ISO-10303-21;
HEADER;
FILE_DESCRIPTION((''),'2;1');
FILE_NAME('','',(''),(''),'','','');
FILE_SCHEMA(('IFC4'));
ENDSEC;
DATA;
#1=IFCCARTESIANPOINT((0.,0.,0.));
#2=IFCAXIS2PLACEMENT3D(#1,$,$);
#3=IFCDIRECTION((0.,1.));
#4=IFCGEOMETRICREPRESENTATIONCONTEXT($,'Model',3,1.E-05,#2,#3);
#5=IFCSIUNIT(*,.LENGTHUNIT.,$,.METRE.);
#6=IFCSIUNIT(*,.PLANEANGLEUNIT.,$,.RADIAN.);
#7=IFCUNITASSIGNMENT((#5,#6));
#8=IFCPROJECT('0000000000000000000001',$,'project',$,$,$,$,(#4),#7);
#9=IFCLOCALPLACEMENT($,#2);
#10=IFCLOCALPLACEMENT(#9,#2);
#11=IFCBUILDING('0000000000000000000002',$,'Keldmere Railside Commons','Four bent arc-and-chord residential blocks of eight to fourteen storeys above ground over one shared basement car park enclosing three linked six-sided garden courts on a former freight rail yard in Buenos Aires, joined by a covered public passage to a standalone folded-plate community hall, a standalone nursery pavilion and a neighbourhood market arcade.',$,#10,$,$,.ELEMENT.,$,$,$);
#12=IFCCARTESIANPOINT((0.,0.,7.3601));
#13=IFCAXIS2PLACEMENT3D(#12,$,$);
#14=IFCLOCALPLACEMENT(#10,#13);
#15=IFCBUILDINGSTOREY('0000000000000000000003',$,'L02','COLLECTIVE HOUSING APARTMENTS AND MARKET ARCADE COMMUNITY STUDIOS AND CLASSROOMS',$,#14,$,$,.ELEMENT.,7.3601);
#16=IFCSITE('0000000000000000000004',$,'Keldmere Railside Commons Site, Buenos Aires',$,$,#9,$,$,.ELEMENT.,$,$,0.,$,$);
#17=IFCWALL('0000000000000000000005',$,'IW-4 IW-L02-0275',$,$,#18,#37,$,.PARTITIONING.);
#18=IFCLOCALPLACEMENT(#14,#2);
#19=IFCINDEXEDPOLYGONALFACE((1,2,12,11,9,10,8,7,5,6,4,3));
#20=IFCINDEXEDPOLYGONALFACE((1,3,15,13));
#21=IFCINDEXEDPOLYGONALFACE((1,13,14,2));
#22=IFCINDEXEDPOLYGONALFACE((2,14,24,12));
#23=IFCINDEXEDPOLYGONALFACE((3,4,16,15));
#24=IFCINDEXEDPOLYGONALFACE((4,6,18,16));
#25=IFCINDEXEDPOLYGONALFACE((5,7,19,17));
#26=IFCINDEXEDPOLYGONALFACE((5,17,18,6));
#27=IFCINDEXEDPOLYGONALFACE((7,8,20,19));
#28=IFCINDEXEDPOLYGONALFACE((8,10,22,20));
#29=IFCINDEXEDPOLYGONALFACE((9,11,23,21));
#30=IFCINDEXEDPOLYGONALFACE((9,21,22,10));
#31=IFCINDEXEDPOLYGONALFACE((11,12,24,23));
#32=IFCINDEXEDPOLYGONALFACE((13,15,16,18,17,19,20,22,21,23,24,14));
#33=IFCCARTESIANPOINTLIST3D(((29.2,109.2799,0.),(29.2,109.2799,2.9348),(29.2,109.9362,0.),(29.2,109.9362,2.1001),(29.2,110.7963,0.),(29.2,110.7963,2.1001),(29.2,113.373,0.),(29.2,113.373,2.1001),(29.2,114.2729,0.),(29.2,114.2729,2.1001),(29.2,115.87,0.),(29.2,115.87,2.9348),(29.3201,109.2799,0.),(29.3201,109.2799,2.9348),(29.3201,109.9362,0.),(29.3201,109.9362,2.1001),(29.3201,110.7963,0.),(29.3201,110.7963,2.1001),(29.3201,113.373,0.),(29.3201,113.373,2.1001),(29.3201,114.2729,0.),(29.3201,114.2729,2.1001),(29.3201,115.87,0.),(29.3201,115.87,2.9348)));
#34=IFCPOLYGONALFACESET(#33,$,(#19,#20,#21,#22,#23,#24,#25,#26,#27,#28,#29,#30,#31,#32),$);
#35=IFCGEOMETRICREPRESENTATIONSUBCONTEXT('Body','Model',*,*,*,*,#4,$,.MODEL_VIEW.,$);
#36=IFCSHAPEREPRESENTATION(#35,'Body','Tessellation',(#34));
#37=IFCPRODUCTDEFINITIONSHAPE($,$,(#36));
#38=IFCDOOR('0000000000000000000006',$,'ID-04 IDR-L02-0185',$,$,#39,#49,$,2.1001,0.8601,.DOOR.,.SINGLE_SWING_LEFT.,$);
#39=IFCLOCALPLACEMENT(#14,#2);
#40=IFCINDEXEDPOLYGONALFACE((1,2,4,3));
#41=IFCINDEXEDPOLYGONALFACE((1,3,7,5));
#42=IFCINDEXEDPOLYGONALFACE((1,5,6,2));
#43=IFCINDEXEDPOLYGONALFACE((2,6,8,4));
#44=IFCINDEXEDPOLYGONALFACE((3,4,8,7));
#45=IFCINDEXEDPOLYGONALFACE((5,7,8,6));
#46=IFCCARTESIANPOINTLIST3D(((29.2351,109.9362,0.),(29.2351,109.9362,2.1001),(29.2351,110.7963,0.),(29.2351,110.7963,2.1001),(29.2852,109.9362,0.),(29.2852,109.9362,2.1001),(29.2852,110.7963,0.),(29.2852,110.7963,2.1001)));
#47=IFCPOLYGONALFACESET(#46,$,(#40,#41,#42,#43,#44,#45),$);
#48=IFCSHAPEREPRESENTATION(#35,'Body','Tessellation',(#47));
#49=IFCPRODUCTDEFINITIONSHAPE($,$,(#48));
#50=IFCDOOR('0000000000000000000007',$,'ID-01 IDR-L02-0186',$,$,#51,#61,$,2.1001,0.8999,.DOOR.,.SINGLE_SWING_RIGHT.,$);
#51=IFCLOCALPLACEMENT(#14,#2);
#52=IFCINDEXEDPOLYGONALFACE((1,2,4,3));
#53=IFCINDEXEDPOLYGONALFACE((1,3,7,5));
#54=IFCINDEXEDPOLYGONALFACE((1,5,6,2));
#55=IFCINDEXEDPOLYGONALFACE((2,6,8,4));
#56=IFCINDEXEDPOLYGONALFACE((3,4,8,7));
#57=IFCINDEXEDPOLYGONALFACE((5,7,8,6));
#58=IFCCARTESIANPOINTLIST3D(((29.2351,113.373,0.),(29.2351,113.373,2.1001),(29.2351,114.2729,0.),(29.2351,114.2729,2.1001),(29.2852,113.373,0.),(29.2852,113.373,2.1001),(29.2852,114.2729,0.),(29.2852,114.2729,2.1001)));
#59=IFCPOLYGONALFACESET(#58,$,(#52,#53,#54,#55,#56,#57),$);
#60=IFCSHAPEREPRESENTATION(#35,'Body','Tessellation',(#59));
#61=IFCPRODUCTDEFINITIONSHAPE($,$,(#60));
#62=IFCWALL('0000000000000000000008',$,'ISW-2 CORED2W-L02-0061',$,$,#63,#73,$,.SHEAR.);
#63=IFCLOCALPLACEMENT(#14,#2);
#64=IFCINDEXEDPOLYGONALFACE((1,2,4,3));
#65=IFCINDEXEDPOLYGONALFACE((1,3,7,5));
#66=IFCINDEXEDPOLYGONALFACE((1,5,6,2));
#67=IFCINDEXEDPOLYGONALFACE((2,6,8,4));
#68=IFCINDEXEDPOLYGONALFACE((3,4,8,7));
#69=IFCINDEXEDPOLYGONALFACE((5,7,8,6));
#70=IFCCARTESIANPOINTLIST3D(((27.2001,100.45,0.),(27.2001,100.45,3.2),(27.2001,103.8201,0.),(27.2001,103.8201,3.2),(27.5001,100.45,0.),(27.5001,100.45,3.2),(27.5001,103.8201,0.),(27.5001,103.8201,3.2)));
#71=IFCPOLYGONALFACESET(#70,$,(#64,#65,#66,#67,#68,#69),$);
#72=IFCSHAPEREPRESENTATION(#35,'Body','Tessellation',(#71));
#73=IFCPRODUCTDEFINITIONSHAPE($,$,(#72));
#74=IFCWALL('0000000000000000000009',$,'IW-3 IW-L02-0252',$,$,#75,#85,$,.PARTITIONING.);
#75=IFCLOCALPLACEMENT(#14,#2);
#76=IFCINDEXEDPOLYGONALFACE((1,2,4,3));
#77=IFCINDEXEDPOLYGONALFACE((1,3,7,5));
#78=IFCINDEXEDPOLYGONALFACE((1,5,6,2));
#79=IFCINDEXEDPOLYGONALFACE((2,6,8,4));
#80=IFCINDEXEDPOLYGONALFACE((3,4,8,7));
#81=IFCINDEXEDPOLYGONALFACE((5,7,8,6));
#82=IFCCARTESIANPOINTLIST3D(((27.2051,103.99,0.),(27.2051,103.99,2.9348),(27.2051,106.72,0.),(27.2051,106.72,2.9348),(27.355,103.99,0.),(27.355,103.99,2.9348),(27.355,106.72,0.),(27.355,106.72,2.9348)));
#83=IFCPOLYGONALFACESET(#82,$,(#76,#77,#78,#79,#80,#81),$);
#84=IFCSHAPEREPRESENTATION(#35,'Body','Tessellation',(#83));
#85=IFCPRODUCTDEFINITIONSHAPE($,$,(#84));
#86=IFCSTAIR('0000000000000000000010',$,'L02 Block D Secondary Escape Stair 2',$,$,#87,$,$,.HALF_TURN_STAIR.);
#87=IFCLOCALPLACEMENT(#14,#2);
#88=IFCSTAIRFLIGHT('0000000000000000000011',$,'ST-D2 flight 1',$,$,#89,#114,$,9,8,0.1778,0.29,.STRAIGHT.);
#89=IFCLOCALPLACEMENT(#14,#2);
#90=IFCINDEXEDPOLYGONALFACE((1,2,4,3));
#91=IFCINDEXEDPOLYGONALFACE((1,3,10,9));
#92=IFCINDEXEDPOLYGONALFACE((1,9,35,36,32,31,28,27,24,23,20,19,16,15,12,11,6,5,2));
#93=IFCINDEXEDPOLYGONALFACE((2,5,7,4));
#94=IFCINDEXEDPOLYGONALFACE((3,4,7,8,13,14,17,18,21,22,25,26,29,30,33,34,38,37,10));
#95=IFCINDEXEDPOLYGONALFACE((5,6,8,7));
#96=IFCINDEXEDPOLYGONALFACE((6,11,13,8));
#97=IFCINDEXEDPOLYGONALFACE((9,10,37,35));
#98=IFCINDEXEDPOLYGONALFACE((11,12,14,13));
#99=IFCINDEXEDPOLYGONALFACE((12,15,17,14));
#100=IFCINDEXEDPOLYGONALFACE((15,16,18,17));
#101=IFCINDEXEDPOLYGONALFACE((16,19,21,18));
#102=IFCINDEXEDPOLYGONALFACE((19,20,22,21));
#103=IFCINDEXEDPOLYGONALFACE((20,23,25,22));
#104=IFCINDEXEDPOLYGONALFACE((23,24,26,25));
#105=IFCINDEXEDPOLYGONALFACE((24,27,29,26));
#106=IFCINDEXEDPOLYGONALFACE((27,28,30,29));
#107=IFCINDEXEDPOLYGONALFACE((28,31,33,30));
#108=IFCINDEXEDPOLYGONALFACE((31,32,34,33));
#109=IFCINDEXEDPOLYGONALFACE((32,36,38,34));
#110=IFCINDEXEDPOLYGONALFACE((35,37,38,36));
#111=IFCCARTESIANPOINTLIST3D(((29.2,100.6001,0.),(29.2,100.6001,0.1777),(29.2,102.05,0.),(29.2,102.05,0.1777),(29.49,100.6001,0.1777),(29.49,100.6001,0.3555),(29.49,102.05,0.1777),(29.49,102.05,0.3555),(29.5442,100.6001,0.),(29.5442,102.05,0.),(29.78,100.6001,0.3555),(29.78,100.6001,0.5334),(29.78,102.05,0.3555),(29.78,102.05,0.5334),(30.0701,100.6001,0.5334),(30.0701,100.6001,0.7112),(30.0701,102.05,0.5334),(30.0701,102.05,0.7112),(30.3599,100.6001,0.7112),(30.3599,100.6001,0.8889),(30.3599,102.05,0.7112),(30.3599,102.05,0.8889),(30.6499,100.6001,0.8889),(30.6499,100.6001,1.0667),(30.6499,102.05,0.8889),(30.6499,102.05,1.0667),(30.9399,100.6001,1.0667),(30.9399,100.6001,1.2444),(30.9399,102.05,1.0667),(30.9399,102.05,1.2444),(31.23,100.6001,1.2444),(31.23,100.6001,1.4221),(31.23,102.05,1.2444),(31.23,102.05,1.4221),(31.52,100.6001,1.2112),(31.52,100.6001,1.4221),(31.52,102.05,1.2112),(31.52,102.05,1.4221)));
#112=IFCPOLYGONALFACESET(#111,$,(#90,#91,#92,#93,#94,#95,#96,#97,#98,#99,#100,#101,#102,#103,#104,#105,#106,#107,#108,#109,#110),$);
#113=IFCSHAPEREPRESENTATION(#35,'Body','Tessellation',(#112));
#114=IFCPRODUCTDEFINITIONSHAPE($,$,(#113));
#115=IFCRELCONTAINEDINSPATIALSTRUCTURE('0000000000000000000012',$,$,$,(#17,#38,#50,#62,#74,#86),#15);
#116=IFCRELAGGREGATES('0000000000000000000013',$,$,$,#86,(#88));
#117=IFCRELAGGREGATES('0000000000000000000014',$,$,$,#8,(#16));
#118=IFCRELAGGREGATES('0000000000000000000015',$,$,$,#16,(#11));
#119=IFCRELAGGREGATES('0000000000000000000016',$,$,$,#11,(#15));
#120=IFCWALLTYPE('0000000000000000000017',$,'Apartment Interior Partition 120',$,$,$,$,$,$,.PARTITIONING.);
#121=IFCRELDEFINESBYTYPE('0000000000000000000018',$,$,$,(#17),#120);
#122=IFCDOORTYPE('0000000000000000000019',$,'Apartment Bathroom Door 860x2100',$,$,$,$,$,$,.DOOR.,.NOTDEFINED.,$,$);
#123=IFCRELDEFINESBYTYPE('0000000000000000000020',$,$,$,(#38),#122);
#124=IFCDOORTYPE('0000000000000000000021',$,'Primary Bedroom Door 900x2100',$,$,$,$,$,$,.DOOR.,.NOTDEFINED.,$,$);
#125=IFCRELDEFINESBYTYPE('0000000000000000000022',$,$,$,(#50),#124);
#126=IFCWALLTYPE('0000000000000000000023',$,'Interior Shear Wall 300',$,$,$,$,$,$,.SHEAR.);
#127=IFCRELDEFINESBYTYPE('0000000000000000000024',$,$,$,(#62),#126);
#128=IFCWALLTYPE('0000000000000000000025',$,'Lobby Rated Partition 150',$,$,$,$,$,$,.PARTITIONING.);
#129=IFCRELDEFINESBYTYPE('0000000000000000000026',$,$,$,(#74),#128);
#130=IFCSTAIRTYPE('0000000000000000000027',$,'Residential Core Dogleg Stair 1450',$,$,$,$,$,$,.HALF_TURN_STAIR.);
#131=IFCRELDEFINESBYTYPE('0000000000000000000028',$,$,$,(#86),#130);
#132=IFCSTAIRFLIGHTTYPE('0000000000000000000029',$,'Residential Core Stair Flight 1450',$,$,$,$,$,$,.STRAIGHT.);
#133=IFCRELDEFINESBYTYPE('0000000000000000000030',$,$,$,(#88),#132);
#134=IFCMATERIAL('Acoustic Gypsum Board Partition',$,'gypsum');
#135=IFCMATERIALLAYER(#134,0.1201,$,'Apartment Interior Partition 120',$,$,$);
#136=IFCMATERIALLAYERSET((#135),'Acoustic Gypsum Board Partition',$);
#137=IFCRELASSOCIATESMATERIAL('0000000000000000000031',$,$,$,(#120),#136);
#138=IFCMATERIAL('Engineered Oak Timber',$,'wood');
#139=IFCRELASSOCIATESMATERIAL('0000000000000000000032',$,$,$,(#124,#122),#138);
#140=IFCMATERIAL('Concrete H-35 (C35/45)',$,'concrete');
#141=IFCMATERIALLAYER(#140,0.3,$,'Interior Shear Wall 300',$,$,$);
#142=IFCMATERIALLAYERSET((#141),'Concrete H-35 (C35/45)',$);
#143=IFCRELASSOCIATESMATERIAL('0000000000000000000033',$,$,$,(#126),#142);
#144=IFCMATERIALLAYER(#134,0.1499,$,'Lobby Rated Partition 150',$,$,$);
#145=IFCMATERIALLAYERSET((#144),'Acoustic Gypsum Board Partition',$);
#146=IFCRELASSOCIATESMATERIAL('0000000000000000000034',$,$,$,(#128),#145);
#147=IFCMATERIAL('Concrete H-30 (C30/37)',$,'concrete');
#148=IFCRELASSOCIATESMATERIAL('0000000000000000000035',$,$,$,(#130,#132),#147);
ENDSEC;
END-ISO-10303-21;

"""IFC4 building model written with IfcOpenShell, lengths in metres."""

from ifc_helpers import new_model, si_unit, direction, frame, frame_2d, origin, place, context, subcontext, project, spatial, polyline, rectangle, outline, extrude, material, layer, layer_set, type_object, element, fill, aggregate, save


model = new_model("IFC4")

# Units and contexts
model_context = context("Model", 3, precision=1e-05, world=origin(), true_north=direction((0.0, 1.0)))
body_context = subcontext(model_context, "Body", "Model", "MODEL_VIEW")
ifc_project = project(units=[si_unit("LENGTHUNIT", "METRE"), si_unit("PLANEANGLEUNIT", "RADIAN")], contexts=[model_context])

# Site, building, storey
site_placement = place(None, origin())
site = spatial("IfcSite", under=ifc_project, at=site_placement, Name="Keldmere Railside Commons Site, Buenos Aires", CompositionType="ELEMENT", RefElevation=0.0)
building_placement = place(site_placement, origin())
building = spatial("IfcBuilding", under=site, at=building_placement, Name="Keldmere Railside Commons", Description="Four bent arc-and-chord residential blocks of eight to fourteen storeys above ground over one shared basement car park enclosing three linked six-sided garden courts on a former freight rail yard in Buenos Aires, joined by a covered public passage to a standalone folded-plate community hall, a standalone nursery pavilion and a neighbourhood market arcade.", CompositionType="ELEMENT")
storey_placement = place(building_placement, frame((0.0, 0.0, 7.3601)))
storey = spatial("IfcBuildingStorey", under=building, at=storey_placement, Name="L02", Description="COLLECTIVE HOUSING APARTMENTS AND MARKET ARCADE COMMUNITY STUDIOS AND CLASSROOMS", CompositionType="ELEMENT", Elevation=7.3601)

# Shared definitions
ifc_material_1 = material(Name="Concrete H-30 (C30/37)", Category="concrete")

# Shared definitions
ifc_material_2 = material(Name="Acoustic Gypsum Board Partition", Category="gypsum")

# Shared definitions
ifc_layer_1 = layer(ifc_material_2, 0.1201, Name="Apartment Interior Partition 120")
ifc_layer_set_1 = layer_set([ifc_layer_1], Name="Acoustic Gypsum Board Partition")
wall_type_1 = type_object("IfcWallType", Name="Apartment Interior Partition 120", PredefinedType="PARTITIONING", material=ifc_layer_set_1)
ifc_material_3 = material(Name="Engineered Oak Timber", Category="wood")
door_type_1 = type_object("IfcDoorType", Name="Primary Bedroom Door 900x2100", OperationType="NOTDEFINED", PredefinedType="DOOR", material=ifc_material_3)

# Wall, openings, doors
wall_1_placement = place(storey_placement, frame((29.26, 109.28, 0.0), z_axis=(0.0, 0.0, 1.0), x_axis=(0.0, 1.0, 0.0)))
wall_1 = element("IfcWall", 1, at=wall_1_placement, inside=storey, type_object=wall_type_1, Name="IW-4 IW-L02-0275", PredefinedType="PARTITIONING", context=body_context, shape_type="SweptSolid", body=[
    extrude(rectangle(XDim=6.5901, YDim=0.1201, at=frame_2d((3.2949, 0.0))), origin(), (0.0, 0.0, 1.0), 2.9348),
])
opening_1_placement = place(wall_1_placement, frame((0.656, 0.0, 0.0)))
opening_1 = element("IfcOpeningElement", 2, at=opening_1_placement, cuts=wall_1, PredefinedType="OPENING", context=body_context, shape_type="SweptSolid", body=[
    extrude(rectangle(XDim=0.8601, YDim=2.1001, at=frame_2d((0.4302, 1.05))), frame((0.0, 0.0701, 0.0), z_axis=(0.0, -1.0, 0.0), x_axis=(1.0, 0.0, 0.0)), (0.0, 0.0, 1.0), 0.1401),
])
opening_2_placement = place(wall_1_placement, frame((4.093, 0.0, 0.0)))
opening_2 = element("IfcOpeningElement", 3, at=opening_2_placement, cuts=wall_1, PredefinedType="OPENING", context=body_context, shape_type="SweptSolid", body=[
    extrude(rectangle(XDim=0.8999, YDim=2.1001, at=frame_2d((0.45, 1.05))), frame((0.0, 0.0701, 0.0), z_axis=(0.0, -1.0, 0.0), x_axis=(1.0, 0.0, 0.0)), (0.0, 0.0, 1.0), 0.1401),
])
door_type_2 = type_object("IfcDoorType", Name="Apartment Bathroom Door 860x2100", OperationType="NOTDEFINED", PredefinedType="DOOR", material=ifc_material_3)
door_1_placement = place(opening_1_placement, origin())
door_1 = element("IfcDoor", 4, at=door_1_placement, inside=storey, type_object=door_type_2, Name="ID-04 IDR-L02-0185", OperationType="SINGLE_SWING_LEFT", OverallHeight=2.1001, OverallWidth=0.8601, PredefinedType="DOOR", context=body_context, shape_type="SweptSolid", body=[
    extrude(rectangle(XDim=0.8601, YDim=2.1001, at=frame_2d((0.4302, 1.05))), frame((0.0, 0.0249, 0.0), z_axis=(0.0, -1.0, 0.0), x_axis=(1.0, 0.0, 0.0)), (0.0, 0.0, 1.0), 0.05),
])
fill(opening_1, door_1)
door_2_placement = place(opening_2_placement, origin())
door_2 = element("IfcDoor", 5, at=door_2_placement, inside=storey, type_object=door_type_1, Name="ID-01 IDR-L02-0186", OperationType="SINGLE_SWING_RIGHT", OverallHeight=2.1001, OverallWidth=0.8999, PredefinedType="DOOR", context=body_context, shape_type="SweptSolid", body=[
    extrude(rectangle(XDim=0.8999, YDim=2.1001, at=frame_2d((0.45, 1.05))), frame((0.0, 0.0249, 0.0), z_axis=(0.0, -1.0, 0.0), x_axis=(1.0, 0.0, 0.0)), (0.0, 0.0, 1.0), 0.05),
])
fill(opening_2, door_2)

# Walls
ifc_material_4 = material(Name="Concrete H-35 (C35/45)", Category="concrete")
ifc_layer_2 = layer(ifc_material_4, 0.3, Name="Interior Shear Wall 300")
ifc_layer_set_2 = layer_set([ifc_layer_2], Name="Concrete H-35 (C35/45)")
wall_type_2 = type_object("IfcWallType", Name="Interior Shear Wall 300", PredefinedType="SHEAR", material=ifc_layer_set_2)
wall_2_placement = place(storey_placement, frame((27.3501, 103.8201, 0.0), z_axis=(0.0, 0.0, 1.0), x_axis=(0.0, -1.0, 0.0)))
element("IfcWall", 6, at=wall_2_placement, inside=storey, type_object=wall_type_2, Name="ISW-2 CORED2W-L02-0061", PredefinedType="SHEAR", context=body_context, shape_type="SweptSolid", body=[
    extrude(rectangle(XDim=3.3701, YDim=0.3, at=frame_2d((1.6851, 0.0))), origin(), (0.0, 0.0, 1.0), 3.2),
])
ifc_layer_3 = layer(ifc_material_2, 0.1499, Name="Lobby Rated Partition 150")
ifc_layer_set_3 = layer_set([ifc_layer_3], Name="Acoustic Gypsum Board Partition")
wall_type_3 = type_object("IfcWallType", Name="Lobby Rated Partition 150", PredefinedType="PARTITIONING", material=ifc_layer_set_3)
wall_3_placement = place(storey_placement, frame((27.28, 103.99, 0.0), z_axis=(0.0, 0.0, 1.0), x_axis=(0.0, 1.0, 0.0)))
element("IfcWall", 7, at=wall_3_placement, inside=storey, type_object=wall_type_3, Name="IW-3 IW-L02-0252", PredefinedType="PARTITIONING", context=body_context, shape_type="SweptSolid", body=[
    extrude(rectangle(XDim=2.73, YDim=0.1499, at=frame_2d((1.365, 0.0))), origin(), (0.0, 0.0, 1.0), 2.9348),
])

# Stair, stair flight
stair_type = type_object("IfcStairType", Name="Residential Core Dogleg Stair 1450", PredefinedType="HALF_TURN_STAIR", material=ifc_material_1)
stair_placement = place(storey_placement, origin())
stair = element("IfcStair", 8, at=stair_placement, inside=storey, type_object=stair_type, Name="L02 Block D Secondary Escape Stair 2", PredefinedType="HALF_TURN_STAIR")
stair_flight_type = type_object("IfcStairFlightType", Name="Residential Core Stair Flight 1450", PredefinedType="STRAIGHT", material=ifc_material_1)
stair_flight_placement = place(storey_placement, frame((29.2, 101.325, 0.0), z_axis=(0.0, 0.0, 1.0), x_axis=(1.0, 0.0, 0.0)))
stair_flight = element("IfcStairFlight", 9, at=stair_flight_placement, type_object=stair_flight_type, Name="ST-D2 flight 1", NumberOfRisers=9, NumberOfTreads=8, PredefinedType="STRAIGHT", RiserHeight=0.1778, TreadLength=0.29, context=body_context, shape_type="SweptSolid", body=[
    extrude(outline(polyline([(0.0, 0.0), (0.0, 0.1777), (0.29, 0.1777), (0.29, 0.3555), (0.5801, 0.3555), (0.5801, 0.5334), (0.8701, 0.5334), (0.8701, 0.7112), (1.1599, 0.7112), (1.1599, 0.8889), (1.45, 0.8889), (1.45, 1.0667), (1.74, 1.0667), (1.74, 1.2444), (2.03, 1.2444), (2.03, 1.4221), (2.3201, 1.4221), (2.3201, 1.6001), (2.3201, 1.2112), (0.3442, 0.0), (0.0, 0.0)])), frame((0.0, 0.7251, 0.0), z_axis=(0.0, -1.0, 0.0), x_axis=(1.0, 0.0, 0.0)), (0.0, 0.0, 1.0), 1.45),
])
aggregate(stair, [stair_flight])

save(model, "model.ifc")
